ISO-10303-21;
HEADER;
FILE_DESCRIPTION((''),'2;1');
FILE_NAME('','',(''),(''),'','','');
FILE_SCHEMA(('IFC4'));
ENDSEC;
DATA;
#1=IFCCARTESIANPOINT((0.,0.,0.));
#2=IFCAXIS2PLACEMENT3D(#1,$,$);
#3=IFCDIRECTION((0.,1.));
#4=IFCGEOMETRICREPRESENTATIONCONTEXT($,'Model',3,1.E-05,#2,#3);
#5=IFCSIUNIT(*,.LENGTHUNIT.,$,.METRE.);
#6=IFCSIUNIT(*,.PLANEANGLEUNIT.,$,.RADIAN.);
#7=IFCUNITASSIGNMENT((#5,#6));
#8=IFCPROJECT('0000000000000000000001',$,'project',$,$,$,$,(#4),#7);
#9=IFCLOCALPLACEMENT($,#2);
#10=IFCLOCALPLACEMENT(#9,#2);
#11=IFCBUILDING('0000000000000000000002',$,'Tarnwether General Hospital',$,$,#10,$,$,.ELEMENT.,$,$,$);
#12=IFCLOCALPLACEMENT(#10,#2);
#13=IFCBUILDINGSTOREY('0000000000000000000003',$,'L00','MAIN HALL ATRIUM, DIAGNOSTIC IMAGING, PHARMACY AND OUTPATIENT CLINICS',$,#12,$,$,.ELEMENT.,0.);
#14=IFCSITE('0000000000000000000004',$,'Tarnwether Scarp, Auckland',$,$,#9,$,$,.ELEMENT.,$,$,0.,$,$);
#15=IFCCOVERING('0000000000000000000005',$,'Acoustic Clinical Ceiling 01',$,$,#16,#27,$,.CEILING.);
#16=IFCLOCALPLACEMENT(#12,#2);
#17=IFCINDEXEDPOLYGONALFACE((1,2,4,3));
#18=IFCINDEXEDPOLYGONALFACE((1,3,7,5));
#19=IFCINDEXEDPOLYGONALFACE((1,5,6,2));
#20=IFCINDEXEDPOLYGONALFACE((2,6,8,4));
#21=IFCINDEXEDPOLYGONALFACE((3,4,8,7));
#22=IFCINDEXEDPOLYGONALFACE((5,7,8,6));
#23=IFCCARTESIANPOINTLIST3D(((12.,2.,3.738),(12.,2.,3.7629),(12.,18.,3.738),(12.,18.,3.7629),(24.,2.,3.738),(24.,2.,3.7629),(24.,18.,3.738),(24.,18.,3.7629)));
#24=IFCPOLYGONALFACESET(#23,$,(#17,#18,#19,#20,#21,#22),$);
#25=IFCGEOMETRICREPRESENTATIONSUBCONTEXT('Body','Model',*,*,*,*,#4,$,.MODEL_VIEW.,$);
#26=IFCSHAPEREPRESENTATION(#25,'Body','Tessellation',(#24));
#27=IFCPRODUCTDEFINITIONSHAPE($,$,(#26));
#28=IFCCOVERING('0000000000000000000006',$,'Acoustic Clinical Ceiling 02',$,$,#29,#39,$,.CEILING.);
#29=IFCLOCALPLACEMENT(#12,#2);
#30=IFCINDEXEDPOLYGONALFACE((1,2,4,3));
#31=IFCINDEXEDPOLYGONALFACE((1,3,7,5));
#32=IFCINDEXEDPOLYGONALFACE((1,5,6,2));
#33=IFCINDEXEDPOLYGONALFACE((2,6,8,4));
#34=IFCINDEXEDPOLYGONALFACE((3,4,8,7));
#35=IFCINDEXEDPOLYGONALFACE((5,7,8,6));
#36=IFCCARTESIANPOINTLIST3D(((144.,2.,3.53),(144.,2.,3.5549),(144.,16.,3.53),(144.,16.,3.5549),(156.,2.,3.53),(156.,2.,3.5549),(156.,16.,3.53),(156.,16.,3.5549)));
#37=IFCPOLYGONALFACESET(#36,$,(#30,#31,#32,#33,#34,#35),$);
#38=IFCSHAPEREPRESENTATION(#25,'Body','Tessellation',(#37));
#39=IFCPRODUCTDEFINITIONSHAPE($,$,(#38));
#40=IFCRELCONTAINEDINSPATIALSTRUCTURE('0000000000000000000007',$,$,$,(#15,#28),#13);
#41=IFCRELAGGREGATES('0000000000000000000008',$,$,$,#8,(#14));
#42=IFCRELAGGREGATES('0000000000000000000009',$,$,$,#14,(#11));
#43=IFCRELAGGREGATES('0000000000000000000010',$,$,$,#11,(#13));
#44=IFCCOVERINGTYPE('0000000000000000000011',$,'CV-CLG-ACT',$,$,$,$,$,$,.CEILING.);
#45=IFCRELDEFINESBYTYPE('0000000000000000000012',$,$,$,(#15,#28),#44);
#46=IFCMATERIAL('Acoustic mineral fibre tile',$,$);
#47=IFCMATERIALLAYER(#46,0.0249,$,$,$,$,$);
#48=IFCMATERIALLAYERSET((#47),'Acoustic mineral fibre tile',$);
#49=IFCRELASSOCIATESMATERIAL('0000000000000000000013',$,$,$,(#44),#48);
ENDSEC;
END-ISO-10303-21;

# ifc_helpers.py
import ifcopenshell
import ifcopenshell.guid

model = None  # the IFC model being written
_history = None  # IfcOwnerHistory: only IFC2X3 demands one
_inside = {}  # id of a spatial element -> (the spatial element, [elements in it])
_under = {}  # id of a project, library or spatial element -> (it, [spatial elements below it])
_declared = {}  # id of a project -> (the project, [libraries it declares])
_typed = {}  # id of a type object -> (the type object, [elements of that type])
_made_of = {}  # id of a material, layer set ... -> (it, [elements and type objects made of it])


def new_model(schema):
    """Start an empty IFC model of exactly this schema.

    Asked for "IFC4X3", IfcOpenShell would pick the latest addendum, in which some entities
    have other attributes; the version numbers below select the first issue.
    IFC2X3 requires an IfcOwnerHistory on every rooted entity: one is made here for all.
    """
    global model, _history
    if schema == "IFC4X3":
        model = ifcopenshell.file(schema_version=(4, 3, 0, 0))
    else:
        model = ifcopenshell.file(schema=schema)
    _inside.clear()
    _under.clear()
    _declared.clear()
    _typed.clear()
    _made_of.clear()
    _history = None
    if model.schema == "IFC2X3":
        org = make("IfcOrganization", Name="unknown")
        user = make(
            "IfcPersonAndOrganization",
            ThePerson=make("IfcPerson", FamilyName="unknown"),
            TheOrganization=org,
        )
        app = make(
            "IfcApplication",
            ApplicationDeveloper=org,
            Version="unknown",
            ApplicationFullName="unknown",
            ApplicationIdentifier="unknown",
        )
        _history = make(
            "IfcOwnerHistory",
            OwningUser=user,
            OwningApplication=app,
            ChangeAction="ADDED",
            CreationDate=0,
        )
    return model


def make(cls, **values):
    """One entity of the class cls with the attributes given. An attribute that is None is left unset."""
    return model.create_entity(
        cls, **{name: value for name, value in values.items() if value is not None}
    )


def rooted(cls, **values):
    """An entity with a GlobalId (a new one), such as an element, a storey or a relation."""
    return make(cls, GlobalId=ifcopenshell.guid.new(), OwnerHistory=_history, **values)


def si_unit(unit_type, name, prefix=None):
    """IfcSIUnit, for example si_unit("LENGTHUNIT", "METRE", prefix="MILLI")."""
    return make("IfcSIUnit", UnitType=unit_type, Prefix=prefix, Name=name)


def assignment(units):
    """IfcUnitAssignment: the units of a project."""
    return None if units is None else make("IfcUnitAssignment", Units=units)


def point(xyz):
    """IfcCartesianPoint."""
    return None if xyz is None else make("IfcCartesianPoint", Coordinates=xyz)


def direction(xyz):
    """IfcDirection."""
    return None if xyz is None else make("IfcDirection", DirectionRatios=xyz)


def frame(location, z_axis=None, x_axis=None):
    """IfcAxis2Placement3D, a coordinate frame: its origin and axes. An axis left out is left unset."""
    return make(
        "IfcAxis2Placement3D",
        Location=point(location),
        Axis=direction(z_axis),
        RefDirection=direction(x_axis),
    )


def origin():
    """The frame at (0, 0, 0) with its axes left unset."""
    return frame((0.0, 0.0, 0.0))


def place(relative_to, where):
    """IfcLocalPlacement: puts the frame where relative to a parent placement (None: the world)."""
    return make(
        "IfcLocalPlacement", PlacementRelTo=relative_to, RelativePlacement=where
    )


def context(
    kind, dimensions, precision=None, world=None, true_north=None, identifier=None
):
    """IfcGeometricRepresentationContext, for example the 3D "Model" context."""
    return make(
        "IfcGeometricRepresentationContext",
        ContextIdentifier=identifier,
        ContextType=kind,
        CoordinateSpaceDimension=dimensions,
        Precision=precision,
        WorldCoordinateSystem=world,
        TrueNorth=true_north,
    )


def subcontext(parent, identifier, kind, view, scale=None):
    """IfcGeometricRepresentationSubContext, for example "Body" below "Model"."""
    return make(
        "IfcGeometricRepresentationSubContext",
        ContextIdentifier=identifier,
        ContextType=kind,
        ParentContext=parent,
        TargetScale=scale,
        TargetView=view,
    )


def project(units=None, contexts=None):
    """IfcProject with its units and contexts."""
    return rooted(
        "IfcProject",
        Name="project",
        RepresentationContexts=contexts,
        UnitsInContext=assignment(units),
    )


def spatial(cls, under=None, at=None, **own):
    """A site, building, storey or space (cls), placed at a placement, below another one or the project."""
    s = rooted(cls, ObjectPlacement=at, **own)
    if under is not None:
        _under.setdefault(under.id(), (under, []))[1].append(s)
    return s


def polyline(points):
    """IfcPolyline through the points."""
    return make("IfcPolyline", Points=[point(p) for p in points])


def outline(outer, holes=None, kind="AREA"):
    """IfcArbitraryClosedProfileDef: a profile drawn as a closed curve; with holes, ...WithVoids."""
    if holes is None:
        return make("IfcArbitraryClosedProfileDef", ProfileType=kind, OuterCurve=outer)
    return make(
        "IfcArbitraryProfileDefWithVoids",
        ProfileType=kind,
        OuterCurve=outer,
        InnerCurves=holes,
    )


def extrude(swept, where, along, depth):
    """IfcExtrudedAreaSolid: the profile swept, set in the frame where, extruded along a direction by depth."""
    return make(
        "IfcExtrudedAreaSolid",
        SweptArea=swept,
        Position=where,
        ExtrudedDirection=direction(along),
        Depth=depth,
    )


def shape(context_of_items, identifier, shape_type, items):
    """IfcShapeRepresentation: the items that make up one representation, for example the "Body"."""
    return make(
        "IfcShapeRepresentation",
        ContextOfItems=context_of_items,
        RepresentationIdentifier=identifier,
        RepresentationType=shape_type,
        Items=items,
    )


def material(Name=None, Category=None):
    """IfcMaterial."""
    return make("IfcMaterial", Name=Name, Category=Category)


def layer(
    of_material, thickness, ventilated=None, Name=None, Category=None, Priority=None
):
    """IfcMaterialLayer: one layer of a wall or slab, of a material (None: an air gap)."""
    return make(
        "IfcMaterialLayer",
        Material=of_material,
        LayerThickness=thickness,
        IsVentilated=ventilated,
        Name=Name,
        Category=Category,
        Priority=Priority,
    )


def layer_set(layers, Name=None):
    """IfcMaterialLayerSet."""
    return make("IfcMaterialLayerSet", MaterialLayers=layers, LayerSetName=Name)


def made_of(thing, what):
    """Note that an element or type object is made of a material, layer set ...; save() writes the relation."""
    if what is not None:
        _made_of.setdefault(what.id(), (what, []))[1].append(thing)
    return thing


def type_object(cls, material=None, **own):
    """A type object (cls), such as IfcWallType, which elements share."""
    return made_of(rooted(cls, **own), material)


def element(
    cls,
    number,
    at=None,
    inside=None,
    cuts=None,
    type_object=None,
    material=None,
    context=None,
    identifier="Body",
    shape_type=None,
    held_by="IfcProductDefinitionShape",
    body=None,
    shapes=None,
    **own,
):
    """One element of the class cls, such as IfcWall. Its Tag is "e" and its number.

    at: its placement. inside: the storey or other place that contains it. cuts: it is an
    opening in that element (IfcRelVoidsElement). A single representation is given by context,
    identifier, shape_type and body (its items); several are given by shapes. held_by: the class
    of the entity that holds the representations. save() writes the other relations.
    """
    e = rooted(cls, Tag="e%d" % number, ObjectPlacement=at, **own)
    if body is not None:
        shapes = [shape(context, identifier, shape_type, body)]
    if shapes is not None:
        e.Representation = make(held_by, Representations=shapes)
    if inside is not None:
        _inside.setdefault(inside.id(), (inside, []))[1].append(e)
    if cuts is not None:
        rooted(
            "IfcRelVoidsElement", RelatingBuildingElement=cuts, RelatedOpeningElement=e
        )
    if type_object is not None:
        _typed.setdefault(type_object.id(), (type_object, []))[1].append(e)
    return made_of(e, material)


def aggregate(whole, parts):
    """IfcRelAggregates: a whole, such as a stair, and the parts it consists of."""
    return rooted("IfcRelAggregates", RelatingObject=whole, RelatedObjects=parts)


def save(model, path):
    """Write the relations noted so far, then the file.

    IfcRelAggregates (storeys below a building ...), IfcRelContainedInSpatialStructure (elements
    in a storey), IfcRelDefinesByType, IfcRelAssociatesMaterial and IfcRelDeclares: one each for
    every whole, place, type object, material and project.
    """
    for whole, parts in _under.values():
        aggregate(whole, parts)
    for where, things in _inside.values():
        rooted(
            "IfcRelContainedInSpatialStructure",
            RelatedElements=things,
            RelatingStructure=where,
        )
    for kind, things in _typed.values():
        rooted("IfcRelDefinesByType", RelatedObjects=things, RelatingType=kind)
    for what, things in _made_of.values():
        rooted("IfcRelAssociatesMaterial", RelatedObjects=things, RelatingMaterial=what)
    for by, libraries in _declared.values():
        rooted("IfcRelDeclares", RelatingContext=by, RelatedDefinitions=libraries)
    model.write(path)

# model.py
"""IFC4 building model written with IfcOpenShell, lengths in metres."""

from ifc_helpers import new_model, si_unit, direction, frame, origin, place, context, subcontext, project, spatial, polyline, outline, extrude, material, layer, layer_set, type_object, element, save


model = new_model("IFC4")

# Units and contexts
model_context = context("Model", 3, precision=1e-05, world=origin(), true_north=direction((0.0, 1.0)))
body_context = subcontext(model_context, "Body", "Model", "MODEL_VIEW")
ifc_project = project(units=[si_unit("LENGTHUNIT", "METRE"), si_unit("PLANEANGLEUNIT", "RADIAN")], contexts=[model_context])

# Site, building, storey
site_placement = place(None, origin())
site = spatial("IfcSite", under=ifc_project, at=site_placement, Name="Tarnwether Scarp, Auckland", CompositionType="ELEMENT", RefElevation=0.0)
building_placement = place(site_placement, origin())
building = spatial("IfcBuilding", under=site, at=building_placement, Name="Tarnwether General Hospital", CompositionType="ELEMENT")
storey_placement = place(building_placement, origin())
storey = spatial("IfcBuildingStorey", under=building, at=storey_placement, Name="L00", Description="MAIN HALL ATRIUM, DIAGNOSTIC IMAGING, PHARMACY AND OUTPATIENT CLINICS", CompositionType="ELEMENT", Elevation=0.0)

# Coverings
ifc_material_1 = material(Name="Acoustic mineral fibre tile")
ifc_layer_1 = layer(ifc_material_1, 0.0249)
ifc_layer_set_1 = layer_set([ifc_layer_1], Name="Acoustic mineral fibre tile")
covering_type = type_object("IfcCoveringType", Name="CV-CLG-ACT", PredefinedType="CEILING", material=ifc_layer_set_1)
covering_1_placement = place(storey_placement, frame((0.0, 0.0, 3.738)))
element("IfcCovering", 1, at=covering_1_placement, inside=storey, type_object=covering_type, Name="Acoustic Clinical Ceiling 01", PredefinedType="CEILING", context=body_context, shape_type="SweptSolid", body=[
    extrude(outline(polyline([(12.0, 2.0), (24.0, 2.0), (24.0, 18.0), (12.0, 18.0), (12.0, 2.0)])), origin(), (0.0, 0.0, 1.0), 0.0249),
])
covering_2_placement = place(storey_placement, frame((0.0, 0.0, 3.53)))
element("IfcCovering", 2, at=covering_2_placement, inside=storey, type_object=covering_type, Name="Acoustic Clinical Ceiling 02", PredefinedType="CEILING", context=body_context, shape_type="SweptSolid", body=[
    extrude(outline(polyline([(144.0, 2.0), (156.0, 2.0), (156.0, 16.0), (144.0, 16.0), (144.0, 2.0)])), origin(), (0.0, 0.0, 1.0), 0.0249),
])

save(model, "model.ifc")
